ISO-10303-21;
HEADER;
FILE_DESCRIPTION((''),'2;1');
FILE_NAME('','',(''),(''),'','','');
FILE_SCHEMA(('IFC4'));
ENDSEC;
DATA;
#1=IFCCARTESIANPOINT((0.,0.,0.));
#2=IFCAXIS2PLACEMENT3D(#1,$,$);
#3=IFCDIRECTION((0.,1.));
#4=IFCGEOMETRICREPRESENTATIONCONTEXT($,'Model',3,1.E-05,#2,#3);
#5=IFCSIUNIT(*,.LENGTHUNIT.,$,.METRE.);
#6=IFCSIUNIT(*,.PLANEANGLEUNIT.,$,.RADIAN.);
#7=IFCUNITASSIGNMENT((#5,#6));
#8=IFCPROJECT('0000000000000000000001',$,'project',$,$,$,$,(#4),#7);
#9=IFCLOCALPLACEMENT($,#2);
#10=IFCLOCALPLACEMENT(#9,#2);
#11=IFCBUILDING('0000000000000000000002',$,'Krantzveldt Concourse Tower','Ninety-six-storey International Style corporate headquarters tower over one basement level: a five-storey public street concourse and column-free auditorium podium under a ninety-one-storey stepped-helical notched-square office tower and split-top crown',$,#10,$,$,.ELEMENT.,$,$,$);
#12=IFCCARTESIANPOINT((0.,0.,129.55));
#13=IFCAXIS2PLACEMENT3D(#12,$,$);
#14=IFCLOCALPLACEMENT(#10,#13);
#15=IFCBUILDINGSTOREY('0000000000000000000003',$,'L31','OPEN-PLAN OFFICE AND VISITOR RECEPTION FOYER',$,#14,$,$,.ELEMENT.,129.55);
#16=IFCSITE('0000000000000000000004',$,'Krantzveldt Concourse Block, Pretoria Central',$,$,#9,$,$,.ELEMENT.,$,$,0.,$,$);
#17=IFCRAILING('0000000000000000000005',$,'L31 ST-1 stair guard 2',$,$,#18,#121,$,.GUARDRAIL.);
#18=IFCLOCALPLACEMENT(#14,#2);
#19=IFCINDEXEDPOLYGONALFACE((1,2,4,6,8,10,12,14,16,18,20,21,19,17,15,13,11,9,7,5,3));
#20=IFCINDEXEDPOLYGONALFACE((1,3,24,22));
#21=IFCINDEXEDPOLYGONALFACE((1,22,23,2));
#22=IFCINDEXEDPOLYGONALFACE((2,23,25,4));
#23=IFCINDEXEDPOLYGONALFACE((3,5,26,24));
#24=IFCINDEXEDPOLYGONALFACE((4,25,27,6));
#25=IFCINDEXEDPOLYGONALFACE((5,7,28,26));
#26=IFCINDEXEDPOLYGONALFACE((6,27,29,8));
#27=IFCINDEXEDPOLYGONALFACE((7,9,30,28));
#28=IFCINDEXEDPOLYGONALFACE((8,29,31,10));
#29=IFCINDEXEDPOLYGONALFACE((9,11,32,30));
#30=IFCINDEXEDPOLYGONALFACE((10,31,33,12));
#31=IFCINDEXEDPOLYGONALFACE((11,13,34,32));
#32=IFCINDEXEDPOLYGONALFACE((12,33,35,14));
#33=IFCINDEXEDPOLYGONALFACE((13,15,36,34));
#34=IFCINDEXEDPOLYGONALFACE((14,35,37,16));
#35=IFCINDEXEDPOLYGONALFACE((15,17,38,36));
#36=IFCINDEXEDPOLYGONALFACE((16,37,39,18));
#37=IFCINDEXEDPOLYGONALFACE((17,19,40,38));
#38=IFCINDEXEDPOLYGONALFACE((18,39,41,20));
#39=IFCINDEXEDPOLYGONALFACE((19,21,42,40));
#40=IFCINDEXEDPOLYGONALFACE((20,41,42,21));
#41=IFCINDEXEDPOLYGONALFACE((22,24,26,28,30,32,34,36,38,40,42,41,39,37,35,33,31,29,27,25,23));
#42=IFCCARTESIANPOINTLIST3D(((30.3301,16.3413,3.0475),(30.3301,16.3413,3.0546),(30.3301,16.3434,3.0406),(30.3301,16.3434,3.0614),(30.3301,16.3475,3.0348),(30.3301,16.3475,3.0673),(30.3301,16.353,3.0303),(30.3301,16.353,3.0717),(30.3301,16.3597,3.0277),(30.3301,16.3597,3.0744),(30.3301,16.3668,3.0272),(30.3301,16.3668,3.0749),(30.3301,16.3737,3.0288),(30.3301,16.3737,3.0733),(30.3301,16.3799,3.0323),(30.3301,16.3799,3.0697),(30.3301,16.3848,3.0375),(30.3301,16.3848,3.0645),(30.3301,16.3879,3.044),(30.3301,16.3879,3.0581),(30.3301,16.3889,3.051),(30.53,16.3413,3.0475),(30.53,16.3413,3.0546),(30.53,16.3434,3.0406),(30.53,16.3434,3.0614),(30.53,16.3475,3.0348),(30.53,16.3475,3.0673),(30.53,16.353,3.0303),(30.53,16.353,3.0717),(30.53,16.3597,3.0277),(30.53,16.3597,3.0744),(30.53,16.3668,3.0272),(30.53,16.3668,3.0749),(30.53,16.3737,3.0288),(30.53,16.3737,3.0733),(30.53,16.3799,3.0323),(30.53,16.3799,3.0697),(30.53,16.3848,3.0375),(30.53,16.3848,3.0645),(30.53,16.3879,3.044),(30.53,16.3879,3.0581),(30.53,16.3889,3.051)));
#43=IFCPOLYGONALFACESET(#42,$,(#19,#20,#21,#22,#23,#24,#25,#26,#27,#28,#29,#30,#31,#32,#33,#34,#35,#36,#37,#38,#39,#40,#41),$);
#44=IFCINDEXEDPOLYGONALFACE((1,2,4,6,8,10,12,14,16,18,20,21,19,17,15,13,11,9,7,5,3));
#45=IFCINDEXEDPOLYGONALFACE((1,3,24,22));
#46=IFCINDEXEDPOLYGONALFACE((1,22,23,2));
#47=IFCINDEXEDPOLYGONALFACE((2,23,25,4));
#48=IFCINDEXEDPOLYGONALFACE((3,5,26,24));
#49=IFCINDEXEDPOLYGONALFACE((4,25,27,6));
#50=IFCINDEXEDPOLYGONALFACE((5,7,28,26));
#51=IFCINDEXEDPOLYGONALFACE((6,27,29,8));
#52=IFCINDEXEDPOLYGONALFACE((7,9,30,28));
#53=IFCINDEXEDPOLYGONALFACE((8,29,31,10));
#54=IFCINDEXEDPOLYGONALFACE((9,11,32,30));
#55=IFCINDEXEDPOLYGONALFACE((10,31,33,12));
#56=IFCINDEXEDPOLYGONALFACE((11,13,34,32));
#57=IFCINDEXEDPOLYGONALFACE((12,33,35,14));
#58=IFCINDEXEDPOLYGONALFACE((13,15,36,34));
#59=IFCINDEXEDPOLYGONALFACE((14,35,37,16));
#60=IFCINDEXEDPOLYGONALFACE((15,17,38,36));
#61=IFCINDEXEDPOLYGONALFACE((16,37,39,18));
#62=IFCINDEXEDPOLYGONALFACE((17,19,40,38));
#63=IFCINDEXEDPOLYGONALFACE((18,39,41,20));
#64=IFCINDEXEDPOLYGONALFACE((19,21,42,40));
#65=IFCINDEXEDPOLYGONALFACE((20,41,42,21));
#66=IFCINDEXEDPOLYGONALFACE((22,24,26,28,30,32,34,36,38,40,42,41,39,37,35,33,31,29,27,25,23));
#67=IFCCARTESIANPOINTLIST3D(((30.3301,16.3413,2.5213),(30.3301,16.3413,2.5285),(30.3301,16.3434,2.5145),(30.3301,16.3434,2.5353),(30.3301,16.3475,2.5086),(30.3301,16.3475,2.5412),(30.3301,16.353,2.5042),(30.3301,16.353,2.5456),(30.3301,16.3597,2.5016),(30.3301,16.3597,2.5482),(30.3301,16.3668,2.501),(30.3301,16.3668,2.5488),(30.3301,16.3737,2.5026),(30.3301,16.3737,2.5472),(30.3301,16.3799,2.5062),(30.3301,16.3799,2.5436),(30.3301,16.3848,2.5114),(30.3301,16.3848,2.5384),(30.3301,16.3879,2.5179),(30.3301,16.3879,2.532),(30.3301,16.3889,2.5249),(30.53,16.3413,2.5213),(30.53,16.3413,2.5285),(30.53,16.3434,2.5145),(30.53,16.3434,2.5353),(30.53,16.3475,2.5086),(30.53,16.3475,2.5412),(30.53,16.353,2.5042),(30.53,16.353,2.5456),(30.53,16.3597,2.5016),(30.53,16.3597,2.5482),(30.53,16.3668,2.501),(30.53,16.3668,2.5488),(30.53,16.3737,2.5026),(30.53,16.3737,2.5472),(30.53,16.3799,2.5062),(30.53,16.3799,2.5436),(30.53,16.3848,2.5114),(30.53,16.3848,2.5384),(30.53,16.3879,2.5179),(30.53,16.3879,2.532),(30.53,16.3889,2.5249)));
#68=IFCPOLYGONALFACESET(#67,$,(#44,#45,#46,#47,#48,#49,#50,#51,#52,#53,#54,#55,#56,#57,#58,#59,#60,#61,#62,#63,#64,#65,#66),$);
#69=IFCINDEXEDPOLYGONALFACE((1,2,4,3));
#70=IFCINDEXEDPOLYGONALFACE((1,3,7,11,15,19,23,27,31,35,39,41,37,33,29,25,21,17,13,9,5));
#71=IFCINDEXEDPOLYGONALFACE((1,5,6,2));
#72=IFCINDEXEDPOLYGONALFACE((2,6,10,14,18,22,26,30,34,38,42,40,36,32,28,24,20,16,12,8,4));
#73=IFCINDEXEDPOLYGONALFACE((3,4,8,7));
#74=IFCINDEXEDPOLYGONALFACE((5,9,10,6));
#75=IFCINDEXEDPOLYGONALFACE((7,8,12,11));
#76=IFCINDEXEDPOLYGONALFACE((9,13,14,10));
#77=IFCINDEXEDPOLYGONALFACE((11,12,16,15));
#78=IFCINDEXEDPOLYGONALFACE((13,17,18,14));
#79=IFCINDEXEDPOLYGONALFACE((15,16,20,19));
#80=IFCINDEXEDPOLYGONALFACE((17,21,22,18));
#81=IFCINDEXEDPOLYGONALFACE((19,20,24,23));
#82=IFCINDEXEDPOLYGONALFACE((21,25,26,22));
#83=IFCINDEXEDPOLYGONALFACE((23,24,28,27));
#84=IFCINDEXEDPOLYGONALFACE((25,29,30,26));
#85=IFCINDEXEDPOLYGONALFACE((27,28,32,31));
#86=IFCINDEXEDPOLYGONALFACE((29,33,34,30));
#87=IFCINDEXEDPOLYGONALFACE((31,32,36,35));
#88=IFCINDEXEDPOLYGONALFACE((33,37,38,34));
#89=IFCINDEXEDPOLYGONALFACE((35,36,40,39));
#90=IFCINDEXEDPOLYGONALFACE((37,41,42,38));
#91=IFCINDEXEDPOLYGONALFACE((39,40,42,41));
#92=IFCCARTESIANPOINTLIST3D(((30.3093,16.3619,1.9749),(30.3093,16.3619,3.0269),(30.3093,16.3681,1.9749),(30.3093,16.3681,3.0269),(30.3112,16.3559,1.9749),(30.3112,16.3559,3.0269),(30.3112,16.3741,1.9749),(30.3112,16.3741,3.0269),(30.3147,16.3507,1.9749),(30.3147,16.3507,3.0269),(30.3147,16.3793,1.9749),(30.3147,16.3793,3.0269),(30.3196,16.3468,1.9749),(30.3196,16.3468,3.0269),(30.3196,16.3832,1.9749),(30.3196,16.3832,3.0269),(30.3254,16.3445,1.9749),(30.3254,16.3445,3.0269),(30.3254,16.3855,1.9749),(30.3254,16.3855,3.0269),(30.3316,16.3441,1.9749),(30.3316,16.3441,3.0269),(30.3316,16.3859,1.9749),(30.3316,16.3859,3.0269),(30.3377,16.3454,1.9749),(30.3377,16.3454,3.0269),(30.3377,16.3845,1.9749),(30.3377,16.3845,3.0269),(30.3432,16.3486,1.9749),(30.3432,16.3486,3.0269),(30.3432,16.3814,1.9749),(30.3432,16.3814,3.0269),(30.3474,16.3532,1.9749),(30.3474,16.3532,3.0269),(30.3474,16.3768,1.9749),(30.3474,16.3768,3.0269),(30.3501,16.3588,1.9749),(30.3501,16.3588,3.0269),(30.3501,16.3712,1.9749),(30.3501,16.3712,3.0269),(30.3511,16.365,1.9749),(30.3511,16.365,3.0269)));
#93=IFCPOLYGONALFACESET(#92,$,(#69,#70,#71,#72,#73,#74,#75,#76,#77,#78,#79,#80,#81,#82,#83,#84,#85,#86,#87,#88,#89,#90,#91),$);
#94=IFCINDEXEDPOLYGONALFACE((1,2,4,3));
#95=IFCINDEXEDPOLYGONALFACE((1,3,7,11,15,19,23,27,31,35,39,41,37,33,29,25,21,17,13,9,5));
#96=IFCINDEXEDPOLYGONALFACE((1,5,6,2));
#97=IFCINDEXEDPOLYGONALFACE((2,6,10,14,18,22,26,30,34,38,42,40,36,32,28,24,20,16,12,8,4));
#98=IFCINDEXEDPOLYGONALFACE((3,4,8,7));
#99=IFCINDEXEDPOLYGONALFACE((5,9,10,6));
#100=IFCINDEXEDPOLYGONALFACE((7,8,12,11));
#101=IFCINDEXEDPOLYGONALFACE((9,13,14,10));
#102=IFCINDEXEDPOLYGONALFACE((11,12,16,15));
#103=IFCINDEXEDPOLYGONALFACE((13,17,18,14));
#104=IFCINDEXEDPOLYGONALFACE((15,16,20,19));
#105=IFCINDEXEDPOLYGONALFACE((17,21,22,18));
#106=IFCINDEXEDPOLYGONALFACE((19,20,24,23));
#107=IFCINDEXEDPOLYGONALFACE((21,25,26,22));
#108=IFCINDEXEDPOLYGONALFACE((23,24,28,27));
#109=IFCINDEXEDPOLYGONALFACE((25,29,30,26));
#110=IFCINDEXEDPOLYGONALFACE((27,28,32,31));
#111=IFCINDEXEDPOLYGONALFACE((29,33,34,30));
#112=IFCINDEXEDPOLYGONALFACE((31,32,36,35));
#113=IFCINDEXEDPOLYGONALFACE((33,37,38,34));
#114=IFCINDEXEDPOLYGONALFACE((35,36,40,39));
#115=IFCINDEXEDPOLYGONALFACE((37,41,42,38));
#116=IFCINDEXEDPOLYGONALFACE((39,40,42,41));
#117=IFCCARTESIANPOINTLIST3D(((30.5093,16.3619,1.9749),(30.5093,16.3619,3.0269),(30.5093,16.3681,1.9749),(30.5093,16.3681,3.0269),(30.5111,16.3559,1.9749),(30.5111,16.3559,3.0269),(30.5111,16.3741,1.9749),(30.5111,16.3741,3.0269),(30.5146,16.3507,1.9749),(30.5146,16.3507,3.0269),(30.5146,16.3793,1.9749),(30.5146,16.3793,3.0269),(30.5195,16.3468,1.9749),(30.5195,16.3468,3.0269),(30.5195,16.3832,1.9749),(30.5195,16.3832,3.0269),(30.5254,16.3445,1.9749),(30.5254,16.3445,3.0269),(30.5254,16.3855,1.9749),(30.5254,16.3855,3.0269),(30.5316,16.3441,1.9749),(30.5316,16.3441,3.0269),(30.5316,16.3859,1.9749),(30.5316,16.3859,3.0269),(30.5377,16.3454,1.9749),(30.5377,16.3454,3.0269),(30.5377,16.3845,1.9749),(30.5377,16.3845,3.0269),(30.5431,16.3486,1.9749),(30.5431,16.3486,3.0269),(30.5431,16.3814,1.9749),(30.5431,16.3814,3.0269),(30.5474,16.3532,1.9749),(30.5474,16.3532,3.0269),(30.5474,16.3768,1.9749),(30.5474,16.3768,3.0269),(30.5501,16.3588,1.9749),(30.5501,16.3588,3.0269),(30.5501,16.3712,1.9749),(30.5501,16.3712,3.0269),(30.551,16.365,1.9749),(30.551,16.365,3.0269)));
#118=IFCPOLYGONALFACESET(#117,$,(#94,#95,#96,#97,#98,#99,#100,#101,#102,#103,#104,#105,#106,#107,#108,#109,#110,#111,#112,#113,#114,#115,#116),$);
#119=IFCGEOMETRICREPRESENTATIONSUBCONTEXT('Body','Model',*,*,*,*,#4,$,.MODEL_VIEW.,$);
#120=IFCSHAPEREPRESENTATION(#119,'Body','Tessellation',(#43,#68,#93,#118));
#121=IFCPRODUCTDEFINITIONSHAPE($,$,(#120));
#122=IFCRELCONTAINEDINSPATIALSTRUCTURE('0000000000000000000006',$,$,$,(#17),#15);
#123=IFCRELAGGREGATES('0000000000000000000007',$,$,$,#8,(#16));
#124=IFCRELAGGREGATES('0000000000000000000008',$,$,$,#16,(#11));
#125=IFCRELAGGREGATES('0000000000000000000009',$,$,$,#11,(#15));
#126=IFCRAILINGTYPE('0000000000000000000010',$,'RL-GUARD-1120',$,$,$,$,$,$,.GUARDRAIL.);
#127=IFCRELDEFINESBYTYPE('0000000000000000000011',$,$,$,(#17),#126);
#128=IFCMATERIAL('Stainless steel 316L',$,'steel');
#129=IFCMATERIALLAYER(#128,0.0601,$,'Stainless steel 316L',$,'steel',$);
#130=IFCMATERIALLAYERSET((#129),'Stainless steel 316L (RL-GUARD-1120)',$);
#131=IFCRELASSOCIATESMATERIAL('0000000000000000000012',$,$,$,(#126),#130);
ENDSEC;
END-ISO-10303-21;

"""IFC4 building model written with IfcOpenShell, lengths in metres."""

from ifc_helpers import new_model, si_unit, direction, frame, origin, origin_2d, place, context, subcontext, project, spatial, circle, extrude, material, layer, layer_set, type_object, element, save


model = new_model("IFC4")

# Units and contexts
model_context = context("Model", 3, precision=1e-05, world=origin(), true_north=direction((0.0, 1.0)))
body_context = subcontext(model_context, "Body", "Model", "MODEL_VIEW")
ifc_project = project(units=[si_unit("LENGTHUNIT", "METRE"), si_unit("PLANEANGLEUNIT", "RADIAN")], contexts=[model_context])

# Site, building, storey
site_placement = place(None, origin())
site = spatial("IfcSite", under=ifc_project, at=site_placement, Name="Krantzveldt Concourse Block, Pretoria Central", CompositionType="ELEMENT", RefElevation=0.0)
building_placement = place(site_placement, origin())
building = spatial("IfcBuilding", under=site, at=building_placement, Name="Krantzveldt Concourse Tower", Description="Ninety-six-storey International Style corporate headquarters tower over one basement level: a five-storey public street concourse and column-free auditorium podium under a ninety-one-storey stepped-helical notched-square office tower and split-top crown", CompositionType="ELEMENT")
storey_placement = place(building_placement, frame((0.0, 0.0, 129.55)))
storey = spatial("IfcBuildingStorey", under=building, at=storey_placement, Name="L31", Description="OPEN-PLAN OFFICE AND VISITOR RECEPTION FOYER", CompositionType="ELEMENT", Elevation=129.55)

# Shared definitions
ifc_material_1 = material(Name="Stainless steel 316L", Category="steel")

# Railing
ifc_layer_1 = layer(ifc_material_1, 0.0601, Name="Stainless steel 316L", Category="steel")
ifc_layer_set_1 = layer_set([ifc_layer_1], Name="Stainless steel 316L (RL-GUARD-1120)")
railing_type_1 = type_object("IfcRailingType", Name="RL-GUARD-1120", PredefinedType="GUARDRAIL", material=ifc_layer_set_1)
railing_1_placement = place(storey_placement, frame((30.3301, 16.365, 1.9749)))
element("IfcRailing", 1, at=railing_1_placement, inside=storey, type_object=railing_type_1, Name="L31 ST-1 stair guard 2", PredefinedType="GUARDRAIL", context=body_context, shape_type="SweptSolid", body=[
    extrude(circle(Radius=0.0239, at=origin_2d()), frame((0.0, 0.0, 1.0762), z_axis=(1.0, 0.0, 0.0), x_axis=(0.0, 1.0, 0.0)), (0.0, 0.0, 1.0), 0.2),
    extrude(circle(Radius=0.0239, at=origin_2d()), frame((0.0, 0.0, 0.55), z_axis=(1.0, 0.0, 0.0), x_axis=(0.0, 1.0, 0.0)), (0.0, 0.0, 1.0), 0.2),
    extrude(circle(Radius=0.021, at=origin_2d()), origin(), (0.0, 0.0, 1.0), 1.052),
    extrude(circle(Radius=0.021, at=origin_2d()), frame((0.2, 0.0, 0.0)), (0.0, 0.0, 1.0), 1.052),
])

save(model, "model.ifc")
